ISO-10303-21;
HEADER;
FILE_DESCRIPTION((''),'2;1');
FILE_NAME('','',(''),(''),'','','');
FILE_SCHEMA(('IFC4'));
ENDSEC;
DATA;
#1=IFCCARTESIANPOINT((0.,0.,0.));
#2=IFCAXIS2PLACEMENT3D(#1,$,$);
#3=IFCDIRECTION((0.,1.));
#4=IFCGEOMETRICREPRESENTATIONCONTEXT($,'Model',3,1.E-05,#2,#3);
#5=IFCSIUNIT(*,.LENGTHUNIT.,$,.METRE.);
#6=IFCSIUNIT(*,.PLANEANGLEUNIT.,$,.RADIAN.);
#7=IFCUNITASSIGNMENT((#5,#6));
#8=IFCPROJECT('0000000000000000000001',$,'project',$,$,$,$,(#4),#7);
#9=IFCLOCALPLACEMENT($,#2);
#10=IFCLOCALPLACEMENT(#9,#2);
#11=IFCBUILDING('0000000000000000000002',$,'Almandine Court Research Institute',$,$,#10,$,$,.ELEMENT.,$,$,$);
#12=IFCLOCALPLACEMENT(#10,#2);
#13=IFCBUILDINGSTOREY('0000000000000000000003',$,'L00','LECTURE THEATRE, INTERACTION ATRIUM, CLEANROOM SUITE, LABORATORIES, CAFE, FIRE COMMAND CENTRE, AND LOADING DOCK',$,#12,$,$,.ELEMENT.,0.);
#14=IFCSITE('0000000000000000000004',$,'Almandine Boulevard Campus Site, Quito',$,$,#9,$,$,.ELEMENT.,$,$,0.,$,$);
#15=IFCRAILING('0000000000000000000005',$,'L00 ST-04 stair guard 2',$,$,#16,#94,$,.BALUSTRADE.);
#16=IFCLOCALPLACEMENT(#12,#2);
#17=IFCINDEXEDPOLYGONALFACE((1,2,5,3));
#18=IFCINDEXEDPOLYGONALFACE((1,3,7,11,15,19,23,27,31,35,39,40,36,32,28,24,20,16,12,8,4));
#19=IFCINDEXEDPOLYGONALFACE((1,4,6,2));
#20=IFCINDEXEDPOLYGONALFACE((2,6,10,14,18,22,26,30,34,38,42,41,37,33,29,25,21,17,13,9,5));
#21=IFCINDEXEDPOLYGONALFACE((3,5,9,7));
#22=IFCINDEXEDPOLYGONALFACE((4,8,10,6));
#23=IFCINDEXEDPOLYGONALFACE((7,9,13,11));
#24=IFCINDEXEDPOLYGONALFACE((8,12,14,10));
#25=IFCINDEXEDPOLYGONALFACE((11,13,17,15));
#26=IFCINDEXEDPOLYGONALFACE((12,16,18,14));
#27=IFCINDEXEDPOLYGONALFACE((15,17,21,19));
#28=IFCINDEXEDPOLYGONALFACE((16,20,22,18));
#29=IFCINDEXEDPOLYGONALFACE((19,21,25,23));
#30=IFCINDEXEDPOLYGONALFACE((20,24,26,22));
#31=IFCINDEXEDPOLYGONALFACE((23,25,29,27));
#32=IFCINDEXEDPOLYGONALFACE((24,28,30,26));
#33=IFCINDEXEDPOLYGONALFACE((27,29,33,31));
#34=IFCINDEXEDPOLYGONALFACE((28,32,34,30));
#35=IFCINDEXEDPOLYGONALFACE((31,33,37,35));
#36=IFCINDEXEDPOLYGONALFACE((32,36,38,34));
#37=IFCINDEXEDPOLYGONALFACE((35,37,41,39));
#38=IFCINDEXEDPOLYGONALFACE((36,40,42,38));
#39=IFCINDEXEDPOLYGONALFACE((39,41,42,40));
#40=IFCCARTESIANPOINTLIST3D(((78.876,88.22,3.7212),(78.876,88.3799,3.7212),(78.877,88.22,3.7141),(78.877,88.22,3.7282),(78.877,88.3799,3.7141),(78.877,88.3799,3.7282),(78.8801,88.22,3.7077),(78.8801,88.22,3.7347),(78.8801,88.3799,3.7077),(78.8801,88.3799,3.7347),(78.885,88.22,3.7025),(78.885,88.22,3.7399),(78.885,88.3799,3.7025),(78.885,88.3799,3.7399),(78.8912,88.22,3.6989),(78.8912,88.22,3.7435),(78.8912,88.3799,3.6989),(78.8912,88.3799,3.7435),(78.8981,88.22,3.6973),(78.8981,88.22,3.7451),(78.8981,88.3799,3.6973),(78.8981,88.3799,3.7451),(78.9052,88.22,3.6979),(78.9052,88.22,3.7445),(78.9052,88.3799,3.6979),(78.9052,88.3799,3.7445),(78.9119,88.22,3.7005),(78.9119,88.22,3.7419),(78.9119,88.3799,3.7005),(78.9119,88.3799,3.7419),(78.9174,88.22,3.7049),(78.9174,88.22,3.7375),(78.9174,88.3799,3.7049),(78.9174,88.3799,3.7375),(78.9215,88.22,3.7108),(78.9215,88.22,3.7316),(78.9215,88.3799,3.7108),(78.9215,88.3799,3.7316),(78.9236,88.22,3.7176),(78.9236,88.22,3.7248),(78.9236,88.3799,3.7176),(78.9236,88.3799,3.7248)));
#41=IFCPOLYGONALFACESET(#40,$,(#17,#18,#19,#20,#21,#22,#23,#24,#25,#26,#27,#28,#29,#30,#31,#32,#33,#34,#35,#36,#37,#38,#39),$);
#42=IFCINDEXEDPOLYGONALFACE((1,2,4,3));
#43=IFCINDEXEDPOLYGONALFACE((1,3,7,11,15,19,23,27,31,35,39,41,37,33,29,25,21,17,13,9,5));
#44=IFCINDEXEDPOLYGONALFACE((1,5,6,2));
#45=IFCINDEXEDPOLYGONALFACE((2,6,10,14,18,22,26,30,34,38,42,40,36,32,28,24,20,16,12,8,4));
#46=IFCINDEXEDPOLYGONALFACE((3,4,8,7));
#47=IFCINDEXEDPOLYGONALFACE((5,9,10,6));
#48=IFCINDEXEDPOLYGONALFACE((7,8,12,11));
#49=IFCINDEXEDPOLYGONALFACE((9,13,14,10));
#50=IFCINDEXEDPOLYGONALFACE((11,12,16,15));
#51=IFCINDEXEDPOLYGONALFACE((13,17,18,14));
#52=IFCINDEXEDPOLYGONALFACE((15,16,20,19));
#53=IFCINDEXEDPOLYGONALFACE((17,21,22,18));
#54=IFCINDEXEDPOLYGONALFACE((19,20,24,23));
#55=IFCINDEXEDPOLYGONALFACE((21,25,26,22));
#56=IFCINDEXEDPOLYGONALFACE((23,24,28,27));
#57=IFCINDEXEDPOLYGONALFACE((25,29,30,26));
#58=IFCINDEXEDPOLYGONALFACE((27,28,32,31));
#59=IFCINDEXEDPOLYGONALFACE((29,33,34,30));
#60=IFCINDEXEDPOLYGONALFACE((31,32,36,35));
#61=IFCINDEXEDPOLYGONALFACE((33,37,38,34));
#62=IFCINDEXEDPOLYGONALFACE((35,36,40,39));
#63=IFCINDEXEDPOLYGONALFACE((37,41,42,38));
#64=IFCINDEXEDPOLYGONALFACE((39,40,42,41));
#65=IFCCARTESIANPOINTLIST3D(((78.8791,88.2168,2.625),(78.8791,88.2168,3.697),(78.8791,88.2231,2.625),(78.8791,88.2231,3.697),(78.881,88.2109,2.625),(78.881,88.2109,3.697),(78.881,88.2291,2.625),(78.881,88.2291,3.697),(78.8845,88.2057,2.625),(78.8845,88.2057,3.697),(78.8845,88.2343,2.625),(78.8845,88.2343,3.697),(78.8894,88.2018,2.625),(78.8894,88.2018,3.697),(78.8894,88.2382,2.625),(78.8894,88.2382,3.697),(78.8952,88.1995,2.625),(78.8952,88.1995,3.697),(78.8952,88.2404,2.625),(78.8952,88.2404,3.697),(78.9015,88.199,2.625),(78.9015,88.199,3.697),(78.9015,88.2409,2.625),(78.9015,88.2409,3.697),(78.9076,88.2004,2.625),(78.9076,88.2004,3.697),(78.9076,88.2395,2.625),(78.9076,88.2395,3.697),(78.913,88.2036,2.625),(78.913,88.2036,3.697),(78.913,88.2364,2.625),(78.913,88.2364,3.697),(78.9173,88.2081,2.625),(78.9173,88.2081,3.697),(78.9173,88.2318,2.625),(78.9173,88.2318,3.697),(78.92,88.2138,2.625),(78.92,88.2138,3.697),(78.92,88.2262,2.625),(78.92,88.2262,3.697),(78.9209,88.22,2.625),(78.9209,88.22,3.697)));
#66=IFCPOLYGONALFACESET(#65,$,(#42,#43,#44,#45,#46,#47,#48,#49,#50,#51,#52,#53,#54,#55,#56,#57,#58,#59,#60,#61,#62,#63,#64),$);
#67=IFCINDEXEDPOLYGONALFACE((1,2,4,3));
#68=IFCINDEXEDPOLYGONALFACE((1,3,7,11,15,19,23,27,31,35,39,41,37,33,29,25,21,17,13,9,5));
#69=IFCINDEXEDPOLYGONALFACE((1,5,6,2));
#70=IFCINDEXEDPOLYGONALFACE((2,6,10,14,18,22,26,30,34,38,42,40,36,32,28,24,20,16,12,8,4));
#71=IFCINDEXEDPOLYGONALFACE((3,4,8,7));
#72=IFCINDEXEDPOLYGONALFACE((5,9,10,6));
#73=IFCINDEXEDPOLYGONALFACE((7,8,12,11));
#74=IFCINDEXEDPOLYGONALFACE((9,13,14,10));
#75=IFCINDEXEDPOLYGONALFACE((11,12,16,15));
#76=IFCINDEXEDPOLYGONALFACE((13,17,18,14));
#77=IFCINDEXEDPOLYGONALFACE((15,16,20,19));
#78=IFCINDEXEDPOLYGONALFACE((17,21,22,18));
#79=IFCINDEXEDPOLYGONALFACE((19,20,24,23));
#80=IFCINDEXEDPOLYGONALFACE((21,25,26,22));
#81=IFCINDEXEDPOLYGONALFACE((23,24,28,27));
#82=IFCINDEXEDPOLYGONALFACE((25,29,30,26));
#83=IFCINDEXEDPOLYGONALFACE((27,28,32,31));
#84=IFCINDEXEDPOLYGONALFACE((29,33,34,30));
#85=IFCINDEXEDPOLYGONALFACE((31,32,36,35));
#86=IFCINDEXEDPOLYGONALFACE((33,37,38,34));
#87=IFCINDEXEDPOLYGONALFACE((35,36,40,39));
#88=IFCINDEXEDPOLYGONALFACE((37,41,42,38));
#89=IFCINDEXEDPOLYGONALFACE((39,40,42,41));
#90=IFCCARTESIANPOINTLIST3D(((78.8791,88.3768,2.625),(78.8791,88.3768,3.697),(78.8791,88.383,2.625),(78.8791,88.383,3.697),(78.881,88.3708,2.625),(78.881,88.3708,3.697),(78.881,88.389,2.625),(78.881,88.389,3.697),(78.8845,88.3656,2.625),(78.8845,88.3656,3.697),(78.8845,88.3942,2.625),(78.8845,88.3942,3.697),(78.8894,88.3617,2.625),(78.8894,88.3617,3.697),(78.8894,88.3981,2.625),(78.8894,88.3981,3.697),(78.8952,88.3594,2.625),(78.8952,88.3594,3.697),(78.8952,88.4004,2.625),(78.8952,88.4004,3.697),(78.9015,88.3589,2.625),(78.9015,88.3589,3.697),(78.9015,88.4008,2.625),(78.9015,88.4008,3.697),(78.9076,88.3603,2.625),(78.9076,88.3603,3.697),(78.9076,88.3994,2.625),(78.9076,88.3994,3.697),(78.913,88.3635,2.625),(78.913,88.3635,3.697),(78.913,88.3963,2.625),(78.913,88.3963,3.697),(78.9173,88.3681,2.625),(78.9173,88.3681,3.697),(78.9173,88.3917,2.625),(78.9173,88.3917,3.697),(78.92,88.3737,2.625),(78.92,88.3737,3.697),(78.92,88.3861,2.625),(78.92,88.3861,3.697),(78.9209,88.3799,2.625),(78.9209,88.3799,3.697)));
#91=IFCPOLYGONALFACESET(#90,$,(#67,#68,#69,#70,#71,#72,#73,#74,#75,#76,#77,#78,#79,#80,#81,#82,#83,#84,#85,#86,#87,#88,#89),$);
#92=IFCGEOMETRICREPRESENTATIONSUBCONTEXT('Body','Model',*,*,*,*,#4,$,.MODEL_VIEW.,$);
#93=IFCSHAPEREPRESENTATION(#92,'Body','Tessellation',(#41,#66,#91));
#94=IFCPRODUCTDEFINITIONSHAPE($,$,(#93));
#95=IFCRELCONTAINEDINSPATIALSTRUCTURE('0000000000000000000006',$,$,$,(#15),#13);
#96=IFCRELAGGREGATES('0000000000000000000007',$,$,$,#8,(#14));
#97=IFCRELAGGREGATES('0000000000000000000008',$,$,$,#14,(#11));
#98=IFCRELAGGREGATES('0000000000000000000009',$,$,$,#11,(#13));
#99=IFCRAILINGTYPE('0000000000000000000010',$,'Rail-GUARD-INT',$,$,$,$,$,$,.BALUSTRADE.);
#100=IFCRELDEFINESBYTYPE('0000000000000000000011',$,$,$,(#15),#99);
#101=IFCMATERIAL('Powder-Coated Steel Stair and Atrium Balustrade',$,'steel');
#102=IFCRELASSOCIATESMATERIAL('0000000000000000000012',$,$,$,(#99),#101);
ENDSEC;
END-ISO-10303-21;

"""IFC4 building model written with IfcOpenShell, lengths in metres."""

from ifc_helpers import new_model, si_unit, direction, frame, origin, origin_2d, place, context, subcontext, project, spatial, circle, extrude, material, type_object, element, save


model = new_model("IFC4")

# Units and contexts
model_context = context("Model", 3, precision=1e-05, world=origin(), true_north=direction((0.0, 1.0)))
body_context = subcontext(model_context, "Body", "Model", "MODEL_VIEW")
ifc_project = project(units=[si_unit("LENGTHUNIT", "METRE"), si_unit("PLANEANGLEUNIT", "RADIAN")], contexts=[model_context])

# Site, building, storey
site_placement = place(None, origin())
site = spatial("IfcSite", under=ifc_project, at=site_placement, Name="Almandine Boulevard Campus Site, Quito", CompositionType="ELEMENT", RefElevation=0.0)
building_placement = place(site_placement, origin())
building = spatial("IfcBuilding", under=site, at=building_placement, Name="Almandine Court Research Institute", CompositionType="ELEMENT")
storey_placement = place(building_placement, origin())
storey = spatial("IfcBuildingStorey", under=building, at=storey_placement, Name="L00", Description="LECTURE THEATRE, INTERACTION ATRIUM, CLEANROOM SUITE, LABORATORIES, CAFE, FIRE COMMAND CENTRE, AND LOADING DOCK", CompositionType="ELEMENT", Elevation=0.0)

# Railing
ifc_material_1 = material(Name="Powder-Coated Steel Stair and Atrium Balustrade", Category="steel")
railing_type_1 = type_object("IfcRailingType", Name="Rail-GUARD-INT", PredefinedType="BALUSTRADE", material=ifc_material_1)
railing_1_placement = place(storey_placement, frame((78.8999, 88.22, 2.625)))
element("IfcRailing", 1, at=railing_1_placement, inside=storey, type_object=railing_type_1, Name="L00 ST-04 stair guard 2", PredefinedType="BALUSTRADE", context=body_context, shape_type="SweptSolid", body=[
    extrude(circle(Radius=0.0239, at=origin_2d()), frame((0.0, 0.0, 1.0962), z_axis=(0.0, 1.0, 0.0), x_axis=(-1.0, 0.0, 0.0)), (0.0, 0.0, 1.0), 0.1599),
    extrude(circle(Radius=0.021, at=origin_2d()), origin(), (0.0, 0.0, 1.0), 1.072),
    extrude(circle(Radius=0.021, at=origin_2d()), frame((0.0, 0.1599, 0.0)), (0.0, 0.0, 1.0), 1.072),
])

save(model, "model.ifc")
